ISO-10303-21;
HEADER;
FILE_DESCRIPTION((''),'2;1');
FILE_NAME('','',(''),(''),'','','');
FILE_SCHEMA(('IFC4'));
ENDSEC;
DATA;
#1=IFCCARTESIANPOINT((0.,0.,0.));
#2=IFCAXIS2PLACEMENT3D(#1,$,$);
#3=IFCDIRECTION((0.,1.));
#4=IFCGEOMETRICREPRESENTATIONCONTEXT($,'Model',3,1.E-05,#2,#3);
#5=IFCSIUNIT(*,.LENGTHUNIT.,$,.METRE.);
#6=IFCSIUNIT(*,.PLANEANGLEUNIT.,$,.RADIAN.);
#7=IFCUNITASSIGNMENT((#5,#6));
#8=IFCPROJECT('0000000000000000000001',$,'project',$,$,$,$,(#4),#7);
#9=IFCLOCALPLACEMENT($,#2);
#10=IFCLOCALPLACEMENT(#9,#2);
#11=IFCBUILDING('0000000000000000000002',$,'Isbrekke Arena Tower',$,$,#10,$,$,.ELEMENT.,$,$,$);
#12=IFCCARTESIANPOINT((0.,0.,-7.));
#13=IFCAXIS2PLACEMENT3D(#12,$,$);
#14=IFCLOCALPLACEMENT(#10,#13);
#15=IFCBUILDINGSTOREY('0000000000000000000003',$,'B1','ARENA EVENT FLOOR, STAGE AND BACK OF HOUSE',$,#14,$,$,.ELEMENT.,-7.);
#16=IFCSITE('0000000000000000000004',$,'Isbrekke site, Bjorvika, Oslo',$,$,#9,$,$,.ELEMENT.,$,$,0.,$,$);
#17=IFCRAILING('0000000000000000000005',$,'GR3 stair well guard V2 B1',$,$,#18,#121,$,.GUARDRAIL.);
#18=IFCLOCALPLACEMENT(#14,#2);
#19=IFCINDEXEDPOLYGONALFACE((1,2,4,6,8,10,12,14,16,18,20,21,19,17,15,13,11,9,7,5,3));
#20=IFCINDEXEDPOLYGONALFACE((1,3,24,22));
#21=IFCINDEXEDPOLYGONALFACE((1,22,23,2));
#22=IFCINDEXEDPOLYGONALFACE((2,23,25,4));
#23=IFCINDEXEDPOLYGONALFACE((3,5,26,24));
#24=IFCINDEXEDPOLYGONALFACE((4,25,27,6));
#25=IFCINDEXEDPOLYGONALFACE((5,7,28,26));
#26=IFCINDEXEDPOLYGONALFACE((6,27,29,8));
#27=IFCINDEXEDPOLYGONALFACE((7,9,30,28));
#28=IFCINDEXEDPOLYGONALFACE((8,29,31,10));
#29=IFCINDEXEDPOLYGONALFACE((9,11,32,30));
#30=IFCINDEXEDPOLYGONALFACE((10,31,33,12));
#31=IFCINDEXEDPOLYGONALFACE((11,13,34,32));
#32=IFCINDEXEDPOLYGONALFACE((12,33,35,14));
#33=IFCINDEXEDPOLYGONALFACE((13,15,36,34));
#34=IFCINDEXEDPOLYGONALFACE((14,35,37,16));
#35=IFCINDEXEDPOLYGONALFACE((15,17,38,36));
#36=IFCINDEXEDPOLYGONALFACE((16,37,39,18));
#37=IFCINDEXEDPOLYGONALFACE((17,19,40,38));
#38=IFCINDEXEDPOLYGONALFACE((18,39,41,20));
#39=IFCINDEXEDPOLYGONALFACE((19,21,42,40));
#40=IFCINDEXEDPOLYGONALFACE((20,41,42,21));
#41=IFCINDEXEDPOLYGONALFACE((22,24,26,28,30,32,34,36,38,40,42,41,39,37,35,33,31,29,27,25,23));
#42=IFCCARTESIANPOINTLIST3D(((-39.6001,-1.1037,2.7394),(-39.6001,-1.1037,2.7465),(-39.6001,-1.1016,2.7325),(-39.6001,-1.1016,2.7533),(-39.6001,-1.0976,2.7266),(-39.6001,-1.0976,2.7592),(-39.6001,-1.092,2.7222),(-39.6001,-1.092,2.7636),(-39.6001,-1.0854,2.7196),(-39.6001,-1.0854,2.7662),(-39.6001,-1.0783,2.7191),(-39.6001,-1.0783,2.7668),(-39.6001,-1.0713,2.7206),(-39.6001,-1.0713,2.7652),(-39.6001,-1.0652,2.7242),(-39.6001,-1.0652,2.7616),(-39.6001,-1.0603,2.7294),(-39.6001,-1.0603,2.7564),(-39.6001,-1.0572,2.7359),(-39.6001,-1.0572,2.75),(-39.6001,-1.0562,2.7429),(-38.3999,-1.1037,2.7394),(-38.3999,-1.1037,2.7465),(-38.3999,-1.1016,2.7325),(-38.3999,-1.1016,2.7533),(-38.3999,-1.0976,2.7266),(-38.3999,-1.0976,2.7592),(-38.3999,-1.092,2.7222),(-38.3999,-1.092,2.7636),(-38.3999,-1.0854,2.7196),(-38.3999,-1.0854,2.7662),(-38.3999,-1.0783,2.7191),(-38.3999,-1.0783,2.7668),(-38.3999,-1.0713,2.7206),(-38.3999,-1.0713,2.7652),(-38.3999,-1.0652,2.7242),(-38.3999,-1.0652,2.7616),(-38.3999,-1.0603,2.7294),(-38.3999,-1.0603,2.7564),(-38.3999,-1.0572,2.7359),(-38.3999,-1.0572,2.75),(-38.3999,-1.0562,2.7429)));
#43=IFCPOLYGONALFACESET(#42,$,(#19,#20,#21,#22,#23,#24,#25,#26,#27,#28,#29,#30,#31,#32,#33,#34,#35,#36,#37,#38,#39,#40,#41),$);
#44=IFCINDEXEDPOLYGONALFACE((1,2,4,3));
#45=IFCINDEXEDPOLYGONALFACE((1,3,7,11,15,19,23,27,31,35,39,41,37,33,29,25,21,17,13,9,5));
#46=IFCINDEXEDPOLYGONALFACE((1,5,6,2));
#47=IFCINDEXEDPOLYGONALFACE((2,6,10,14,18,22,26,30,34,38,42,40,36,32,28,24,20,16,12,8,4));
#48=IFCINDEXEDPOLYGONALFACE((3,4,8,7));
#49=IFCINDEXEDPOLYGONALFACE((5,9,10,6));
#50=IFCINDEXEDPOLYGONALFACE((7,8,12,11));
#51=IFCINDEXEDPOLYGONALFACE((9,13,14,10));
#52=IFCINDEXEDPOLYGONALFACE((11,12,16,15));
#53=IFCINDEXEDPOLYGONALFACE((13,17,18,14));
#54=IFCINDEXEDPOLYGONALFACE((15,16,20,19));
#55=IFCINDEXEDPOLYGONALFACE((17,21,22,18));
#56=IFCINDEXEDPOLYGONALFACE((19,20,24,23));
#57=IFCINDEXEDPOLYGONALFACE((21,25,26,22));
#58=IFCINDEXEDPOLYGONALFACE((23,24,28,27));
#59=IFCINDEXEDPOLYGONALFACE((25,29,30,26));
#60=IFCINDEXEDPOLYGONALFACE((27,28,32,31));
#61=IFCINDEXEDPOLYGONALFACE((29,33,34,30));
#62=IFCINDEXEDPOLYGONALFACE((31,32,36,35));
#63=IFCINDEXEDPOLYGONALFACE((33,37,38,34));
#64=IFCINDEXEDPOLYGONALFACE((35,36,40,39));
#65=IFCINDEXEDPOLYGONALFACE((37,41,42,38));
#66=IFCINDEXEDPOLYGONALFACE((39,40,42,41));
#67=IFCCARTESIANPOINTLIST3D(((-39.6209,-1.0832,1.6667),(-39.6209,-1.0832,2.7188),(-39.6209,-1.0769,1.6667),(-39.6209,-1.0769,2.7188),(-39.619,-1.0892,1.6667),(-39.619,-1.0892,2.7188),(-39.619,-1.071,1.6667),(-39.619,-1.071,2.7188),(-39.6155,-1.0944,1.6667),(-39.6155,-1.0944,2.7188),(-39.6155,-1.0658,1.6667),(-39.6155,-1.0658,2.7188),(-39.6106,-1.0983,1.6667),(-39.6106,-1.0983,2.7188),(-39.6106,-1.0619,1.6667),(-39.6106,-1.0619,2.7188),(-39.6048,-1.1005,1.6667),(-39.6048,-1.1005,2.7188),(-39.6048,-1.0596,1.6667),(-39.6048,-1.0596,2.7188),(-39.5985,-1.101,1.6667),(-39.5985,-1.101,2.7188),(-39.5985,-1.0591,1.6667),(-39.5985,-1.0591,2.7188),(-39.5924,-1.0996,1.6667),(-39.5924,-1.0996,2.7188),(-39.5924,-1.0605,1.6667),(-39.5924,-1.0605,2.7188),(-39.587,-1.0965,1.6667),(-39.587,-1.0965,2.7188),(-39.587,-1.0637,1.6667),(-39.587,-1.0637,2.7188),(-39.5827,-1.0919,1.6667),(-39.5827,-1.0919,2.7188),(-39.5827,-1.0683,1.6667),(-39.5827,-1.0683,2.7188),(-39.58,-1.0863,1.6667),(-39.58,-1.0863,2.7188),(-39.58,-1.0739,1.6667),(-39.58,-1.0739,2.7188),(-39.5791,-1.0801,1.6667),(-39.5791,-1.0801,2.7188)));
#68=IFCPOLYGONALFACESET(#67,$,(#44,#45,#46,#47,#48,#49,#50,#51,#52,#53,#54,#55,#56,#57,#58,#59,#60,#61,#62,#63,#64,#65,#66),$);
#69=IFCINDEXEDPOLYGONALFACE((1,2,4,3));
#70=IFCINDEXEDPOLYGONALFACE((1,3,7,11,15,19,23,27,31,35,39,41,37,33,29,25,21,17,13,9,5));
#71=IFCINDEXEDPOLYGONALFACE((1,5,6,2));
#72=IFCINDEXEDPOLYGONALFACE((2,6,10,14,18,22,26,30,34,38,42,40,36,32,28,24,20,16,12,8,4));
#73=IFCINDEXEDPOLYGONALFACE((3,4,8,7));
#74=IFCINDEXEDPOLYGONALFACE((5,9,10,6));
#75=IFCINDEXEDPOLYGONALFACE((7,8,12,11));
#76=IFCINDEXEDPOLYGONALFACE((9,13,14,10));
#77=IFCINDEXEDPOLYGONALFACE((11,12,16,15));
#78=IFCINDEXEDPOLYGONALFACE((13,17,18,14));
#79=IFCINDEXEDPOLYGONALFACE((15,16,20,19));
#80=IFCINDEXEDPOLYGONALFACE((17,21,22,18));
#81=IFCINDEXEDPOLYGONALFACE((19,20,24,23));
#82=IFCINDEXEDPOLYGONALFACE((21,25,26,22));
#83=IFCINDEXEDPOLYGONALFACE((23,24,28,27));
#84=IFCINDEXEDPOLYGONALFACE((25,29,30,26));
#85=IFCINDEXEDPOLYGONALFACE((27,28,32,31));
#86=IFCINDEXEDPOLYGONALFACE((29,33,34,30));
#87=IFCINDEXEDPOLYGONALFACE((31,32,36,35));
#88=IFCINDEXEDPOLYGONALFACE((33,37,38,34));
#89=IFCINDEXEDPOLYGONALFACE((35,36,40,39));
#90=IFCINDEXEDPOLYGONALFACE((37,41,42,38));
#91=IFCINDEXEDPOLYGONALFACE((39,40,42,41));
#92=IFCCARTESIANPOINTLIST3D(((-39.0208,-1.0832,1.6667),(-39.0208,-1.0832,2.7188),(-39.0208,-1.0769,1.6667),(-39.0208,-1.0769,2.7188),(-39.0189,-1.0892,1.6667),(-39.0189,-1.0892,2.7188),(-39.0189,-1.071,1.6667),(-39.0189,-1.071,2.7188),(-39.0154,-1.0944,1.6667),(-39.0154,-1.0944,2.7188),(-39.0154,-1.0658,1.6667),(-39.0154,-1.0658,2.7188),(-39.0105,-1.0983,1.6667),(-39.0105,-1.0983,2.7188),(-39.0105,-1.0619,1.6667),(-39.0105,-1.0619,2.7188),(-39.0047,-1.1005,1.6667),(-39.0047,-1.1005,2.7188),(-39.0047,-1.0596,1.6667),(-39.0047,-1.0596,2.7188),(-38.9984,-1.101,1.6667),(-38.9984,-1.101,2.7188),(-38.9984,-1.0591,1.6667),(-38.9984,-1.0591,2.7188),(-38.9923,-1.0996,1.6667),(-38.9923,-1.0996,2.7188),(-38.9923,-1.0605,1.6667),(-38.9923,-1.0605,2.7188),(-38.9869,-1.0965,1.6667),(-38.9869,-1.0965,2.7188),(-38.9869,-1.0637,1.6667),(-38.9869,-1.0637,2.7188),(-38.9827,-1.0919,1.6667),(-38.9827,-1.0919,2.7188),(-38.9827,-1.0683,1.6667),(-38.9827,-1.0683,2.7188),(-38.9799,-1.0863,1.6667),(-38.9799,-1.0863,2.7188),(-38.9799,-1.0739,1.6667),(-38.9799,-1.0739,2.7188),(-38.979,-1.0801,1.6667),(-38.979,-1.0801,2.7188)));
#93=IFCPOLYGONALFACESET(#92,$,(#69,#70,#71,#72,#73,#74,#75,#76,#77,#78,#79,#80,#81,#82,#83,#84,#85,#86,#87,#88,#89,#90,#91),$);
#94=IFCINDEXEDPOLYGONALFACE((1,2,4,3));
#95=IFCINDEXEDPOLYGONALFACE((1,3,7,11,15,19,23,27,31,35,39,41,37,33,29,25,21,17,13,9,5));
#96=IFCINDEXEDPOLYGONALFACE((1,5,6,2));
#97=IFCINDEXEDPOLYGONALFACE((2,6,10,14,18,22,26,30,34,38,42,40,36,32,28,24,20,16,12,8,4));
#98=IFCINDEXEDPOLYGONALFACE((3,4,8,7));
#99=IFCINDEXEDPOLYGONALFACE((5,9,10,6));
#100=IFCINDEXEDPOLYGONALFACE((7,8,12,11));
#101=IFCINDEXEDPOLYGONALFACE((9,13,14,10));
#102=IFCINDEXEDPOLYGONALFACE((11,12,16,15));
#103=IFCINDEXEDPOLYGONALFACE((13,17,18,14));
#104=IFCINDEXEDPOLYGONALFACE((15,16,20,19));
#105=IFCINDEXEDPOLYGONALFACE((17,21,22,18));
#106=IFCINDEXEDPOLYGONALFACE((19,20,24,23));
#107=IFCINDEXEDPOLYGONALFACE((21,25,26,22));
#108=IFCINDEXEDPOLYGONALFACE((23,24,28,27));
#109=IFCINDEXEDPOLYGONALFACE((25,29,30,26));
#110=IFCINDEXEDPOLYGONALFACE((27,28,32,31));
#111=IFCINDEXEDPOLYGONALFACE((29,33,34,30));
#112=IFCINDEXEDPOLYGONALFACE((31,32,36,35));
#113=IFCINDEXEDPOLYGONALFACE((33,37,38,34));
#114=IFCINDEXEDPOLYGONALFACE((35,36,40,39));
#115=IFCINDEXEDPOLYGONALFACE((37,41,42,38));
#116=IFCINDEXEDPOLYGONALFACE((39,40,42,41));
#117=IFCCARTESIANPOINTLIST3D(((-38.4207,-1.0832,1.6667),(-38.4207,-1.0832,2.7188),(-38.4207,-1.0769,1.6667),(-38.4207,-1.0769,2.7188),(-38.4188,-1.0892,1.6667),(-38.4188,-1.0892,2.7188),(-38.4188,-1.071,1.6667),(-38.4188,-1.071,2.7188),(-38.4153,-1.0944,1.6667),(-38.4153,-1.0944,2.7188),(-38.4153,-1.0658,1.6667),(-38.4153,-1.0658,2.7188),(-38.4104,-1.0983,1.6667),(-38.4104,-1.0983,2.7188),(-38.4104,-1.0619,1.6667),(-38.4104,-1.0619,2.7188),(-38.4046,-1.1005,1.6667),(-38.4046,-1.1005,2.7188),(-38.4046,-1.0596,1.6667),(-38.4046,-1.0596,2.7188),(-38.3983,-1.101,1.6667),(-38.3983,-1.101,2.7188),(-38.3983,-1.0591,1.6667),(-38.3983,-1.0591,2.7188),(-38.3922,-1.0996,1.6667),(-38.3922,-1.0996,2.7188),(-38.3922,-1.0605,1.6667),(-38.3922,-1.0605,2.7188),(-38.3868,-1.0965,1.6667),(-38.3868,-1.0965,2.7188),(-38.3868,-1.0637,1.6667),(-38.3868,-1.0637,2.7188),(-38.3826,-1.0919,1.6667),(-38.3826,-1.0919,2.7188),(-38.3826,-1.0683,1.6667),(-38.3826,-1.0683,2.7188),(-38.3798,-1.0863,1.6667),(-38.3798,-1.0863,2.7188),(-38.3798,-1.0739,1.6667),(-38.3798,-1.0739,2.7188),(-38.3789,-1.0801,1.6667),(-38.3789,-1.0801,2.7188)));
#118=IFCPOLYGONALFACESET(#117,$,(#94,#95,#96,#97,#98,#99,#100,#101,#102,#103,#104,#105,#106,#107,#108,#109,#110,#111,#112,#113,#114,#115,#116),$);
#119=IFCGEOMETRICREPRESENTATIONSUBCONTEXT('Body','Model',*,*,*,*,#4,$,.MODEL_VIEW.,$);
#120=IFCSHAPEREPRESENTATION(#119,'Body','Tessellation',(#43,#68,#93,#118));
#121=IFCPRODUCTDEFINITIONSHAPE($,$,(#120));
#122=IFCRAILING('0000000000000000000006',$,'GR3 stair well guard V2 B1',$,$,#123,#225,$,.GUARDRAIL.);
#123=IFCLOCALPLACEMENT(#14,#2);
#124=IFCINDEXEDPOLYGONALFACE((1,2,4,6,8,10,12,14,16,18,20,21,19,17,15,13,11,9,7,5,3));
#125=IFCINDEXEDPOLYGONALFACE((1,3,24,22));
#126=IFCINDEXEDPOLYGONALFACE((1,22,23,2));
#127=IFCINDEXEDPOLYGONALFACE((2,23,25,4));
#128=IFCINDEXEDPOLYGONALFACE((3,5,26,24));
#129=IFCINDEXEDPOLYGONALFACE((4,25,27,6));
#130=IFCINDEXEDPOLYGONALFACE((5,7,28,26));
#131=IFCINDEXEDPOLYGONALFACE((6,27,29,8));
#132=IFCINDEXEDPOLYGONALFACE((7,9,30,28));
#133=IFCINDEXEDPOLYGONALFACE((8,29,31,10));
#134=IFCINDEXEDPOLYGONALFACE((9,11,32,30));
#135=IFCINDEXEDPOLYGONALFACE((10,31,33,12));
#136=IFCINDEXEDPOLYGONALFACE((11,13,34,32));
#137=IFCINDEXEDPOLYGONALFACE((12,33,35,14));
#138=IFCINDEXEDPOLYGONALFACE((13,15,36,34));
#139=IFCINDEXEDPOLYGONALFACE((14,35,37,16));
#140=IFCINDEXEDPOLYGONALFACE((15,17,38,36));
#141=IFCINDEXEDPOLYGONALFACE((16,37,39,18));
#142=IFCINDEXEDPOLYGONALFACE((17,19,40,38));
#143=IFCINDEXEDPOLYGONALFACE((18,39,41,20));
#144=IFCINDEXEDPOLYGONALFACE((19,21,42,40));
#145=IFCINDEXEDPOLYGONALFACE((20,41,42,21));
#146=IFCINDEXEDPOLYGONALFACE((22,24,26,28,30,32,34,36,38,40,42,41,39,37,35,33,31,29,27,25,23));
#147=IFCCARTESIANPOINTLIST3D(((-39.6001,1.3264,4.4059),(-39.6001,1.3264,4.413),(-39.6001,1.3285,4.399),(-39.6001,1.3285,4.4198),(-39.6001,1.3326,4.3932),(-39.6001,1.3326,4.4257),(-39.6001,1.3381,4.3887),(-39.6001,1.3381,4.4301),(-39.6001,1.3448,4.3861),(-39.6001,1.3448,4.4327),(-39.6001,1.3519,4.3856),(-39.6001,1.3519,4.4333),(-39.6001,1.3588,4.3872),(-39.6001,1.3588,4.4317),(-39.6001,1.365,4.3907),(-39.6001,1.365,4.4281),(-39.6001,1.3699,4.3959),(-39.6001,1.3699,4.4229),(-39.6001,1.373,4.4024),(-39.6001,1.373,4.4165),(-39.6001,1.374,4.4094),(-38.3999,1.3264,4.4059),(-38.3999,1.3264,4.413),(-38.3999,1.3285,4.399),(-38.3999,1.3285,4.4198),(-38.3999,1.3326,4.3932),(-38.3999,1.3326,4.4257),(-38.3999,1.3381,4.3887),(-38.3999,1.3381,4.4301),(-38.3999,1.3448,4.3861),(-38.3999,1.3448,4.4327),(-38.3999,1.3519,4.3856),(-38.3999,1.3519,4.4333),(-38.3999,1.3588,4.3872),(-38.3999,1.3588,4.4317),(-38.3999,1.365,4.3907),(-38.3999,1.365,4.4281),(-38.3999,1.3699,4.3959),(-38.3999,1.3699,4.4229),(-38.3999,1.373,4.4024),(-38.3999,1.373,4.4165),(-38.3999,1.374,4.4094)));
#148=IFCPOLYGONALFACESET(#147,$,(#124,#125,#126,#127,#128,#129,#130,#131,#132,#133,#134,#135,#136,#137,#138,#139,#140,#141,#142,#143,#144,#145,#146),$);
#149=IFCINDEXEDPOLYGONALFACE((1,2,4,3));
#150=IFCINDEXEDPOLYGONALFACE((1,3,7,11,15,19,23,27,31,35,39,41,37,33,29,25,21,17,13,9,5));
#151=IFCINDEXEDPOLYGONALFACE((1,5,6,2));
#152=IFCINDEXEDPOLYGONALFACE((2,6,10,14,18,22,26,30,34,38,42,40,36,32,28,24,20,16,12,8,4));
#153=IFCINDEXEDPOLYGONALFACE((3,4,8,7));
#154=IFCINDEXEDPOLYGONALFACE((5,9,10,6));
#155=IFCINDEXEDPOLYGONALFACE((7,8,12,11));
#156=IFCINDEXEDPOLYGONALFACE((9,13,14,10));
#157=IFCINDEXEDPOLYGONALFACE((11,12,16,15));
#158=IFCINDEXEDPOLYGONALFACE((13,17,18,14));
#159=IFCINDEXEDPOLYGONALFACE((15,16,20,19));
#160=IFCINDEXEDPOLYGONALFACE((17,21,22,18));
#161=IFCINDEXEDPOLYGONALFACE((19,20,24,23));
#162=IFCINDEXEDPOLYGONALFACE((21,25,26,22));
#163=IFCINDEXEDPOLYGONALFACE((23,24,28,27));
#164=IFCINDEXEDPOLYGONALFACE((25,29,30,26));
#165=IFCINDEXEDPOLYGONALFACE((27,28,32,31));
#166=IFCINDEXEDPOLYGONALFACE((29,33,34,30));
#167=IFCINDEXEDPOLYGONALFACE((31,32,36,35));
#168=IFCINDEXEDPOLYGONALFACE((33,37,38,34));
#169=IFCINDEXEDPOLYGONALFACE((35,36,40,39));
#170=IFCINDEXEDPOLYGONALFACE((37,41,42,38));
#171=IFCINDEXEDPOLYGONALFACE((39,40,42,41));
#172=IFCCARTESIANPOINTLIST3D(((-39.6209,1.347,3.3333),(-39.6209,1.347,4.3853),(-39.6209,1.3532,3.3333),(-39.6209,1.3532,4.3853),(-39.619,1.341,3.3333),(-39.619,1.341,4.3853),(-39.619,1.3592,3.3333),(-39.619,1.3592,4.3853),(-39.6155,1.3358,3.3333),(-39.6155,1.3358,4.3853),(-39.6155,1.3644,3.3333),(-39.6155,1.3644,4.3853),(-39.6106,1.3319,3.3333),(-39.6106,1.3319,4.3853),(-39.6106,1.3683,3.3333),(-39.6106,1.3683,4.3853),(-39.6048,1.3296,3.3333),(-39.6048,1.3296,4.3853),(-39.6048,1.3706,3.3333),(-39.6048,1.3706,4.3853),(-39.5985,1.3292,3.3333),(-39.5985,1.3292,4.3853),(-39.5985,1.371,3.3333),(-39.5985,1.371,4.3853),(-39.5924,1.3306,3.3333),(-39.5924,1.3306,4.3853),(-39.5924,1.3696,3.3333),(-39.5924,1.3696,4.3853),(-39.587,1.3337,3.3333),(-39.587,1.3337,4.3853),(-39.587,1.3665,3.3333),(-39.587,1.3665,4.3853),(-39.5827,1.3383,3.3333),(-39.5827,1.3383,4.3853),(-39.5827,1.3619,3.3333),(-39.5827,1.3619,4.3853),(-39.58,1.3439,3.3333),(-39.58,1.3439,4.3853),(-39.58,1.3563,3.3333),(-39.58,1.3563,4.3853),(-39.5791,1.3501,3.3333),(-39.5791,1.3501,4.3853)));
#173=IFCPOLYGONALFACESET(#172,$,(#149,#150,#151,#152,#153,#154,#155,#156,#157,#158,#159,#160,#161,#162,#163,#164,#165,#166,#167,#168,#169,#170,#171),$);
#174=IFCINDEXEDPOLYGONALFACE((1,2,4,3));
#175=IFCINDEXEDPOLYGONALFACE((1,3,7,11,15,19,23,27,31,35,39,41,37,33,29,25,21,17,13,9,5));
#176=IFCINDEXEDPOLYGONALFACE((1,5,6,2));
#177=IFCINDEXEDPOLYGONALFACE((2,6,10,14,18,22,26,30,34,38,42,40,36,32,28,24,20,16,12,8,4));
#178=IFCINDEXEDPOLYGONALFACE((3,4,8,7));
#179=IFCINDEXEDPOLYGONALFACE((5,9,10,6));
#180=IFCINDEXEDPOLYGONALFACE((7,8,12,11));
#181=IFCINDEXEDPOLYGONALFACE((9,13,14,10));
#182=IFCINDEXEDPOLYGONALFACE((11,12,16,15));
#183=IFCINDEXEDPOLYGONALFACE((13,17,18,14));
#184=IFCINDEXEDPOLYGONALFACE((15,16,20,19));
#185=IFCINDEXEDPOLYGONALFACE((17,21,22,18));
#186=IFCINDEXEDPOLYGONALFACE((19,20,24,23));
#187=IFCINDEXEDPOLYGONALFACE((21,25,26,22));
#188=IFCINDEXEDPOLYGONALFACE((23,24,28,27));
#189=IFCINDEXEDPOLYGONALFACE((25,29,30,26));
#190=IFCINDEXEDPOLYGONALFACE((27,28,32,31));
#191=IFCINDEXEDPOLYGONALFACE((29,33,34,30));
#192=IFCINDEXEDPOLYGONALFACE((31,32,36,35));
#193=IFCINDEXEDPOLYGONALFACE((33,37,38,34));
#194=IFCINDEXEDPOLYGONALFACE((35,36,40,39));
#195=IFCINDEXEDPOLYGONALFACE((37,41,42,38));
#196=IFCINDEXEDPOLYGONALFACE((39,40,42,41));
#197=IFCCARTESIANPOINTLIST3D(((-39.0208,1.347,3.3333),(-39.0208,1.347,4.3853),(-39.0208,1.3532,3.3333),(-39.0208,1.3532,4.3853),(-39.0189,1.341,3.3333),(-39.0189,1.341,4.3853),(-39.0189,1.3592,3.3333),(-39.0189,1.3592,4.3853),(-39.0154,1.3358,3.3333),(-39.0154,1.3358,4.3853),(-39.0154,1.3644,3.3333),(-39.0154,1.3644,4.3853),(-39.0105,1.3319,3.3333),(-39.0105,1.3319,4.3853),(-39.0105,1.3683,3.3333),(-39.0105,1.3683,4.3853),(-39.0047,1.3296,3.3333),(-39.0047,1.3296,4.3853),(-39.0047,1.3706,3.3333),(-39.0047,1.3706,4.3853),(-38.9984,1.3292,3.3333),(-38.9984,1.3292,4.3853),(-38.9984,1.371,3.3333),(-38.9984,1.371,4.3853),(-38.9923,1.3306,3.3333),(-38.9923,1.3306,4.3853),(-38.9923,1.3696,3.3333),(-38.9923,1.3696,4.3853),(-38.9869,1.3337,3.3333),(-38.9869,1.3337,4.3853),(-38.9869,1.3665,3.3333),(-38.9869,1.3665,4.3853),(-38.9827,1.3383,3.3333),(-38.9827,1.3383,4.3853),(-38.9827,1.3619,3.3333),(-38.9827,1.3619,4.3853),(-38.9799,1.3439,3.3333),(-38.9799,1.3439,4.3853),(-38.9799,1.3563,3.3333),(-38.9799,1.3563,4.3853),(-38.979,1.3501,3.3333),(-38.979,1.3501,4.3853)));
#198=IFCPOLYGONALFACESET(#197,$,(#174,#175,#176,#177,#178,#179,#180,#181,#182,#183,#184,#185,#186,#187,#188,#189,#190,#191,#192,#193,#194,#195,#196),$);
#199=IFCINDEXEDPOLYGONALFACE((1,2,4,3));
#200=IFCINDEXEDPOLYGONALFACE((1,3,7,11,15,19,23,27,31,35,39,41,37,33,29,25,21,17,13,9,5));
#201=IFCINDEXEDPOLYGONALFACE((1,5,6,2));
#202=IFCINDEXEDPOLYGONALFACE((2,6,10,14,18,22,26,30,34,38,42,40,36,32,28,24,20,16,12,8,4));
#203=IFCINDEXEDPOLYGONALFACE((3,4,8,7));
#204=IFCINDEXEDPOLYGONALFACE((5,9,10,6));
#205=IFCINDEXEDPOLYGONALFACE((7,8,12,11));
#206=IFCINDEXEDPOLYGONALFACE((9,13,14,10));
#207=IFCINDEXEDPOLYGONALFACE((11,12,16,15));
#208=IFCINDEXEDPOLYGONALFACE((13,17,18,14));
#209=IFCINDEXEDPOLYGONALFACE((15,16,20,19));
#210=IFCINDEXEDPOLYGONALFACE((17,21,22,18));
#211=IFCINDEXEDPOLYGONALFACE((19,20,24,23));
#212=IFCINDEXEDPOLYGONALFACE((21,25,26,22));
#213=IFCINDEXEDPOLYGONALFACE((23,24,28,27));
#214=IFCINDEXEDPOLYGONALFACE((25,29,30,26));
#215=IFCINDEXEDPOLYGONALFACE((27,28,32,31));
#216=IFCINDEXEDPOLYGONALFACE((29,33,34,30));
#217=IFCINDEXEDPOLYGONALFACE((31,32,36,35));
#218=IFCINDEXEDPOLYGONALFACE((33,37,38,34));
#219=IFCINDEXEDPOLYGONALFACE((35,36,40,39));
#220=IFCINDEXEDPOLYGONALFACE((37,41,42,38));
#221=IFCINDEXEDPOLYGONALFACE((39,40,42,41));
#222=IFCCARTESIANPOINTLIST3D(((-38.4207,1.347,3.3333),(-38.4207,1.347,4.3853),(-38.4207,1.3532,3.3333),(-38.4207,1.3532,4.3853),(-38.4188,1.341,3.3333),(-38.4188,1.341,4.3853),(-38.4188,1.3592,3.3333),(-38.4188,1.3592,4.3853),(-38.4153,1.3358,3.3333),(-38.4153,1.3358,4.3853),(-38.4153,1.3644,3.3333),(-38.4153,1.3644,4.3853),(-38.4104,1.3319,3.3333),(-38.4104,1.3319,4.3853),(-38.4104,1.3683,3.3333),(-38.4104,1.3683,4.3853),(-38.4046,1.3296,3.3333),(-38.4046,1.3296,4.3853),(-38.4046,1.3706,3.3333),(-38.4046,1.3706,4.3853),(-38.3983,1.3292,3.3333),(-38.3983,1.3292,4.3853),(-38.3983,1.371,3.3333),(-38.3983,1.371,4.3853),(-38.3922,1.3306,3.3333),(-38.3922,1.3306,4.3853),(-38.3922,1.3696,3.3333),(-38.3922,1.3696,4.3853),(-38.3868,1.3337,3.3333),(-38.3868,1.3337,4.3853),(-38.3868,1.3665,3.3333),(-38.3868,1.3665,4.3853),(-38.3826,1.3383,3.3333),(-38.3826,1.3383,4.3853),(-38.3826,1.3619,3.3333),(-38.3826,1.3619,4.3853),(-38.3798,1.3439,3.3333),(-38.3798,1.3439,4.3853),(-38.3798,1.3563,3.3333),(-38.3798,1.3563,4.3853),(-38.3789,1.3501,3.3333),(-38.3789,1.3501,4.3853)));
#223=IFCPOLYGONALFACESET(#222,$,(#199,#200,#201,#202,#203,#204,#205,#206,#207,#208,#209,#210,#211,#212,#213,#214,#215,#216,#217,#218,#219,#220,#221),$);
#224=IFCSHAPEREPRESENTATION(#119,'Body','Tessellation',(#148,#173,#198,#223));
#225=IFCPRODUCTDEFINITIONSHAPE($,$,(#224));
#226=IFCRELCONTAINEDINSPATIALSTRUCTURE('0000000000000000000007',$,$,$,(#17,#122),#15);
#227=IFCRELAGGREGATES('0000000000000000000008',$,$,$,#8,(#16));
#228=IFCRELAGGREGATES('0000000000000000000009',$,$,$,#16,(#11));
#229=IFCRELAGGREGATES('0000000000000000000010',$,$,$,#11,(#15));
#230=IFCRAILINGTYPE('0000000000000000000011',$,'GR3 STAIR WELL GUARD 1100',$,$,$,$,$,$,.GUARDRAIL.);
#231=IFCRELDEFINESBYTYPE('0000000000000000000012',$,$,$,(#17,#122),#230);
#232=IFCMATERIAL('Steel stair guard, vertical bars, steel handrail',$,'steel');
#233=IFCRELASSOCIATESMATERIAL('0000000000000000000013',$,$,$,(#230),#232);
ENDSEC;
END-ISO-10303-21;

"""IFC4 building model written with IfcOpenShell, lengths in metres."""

from ifc_helpers import new_model, si_unit, direction, frame, origin, origin_2d, place, context, subcontext, project, spatial, circle, extrude, material, type_object, element, save


model = new_model("IFC4")

# Units and contexts
model_context = context("Model", 3, precision=1e-05, world=origin(), true_north=direction((0.0, 1.0)))
body_context = subcontext(model_context, "Body", "Model", "MODEL_VIEW")
ifc_project = project(units=[si_unit("LENGTHUNIT", "METRE"), si_unit("PLANEANGLEUNIT", "RADIAN")], contexts=[model_context])

# Site, building, storey
site_placement = place(None, origin())
site = spatial("IfcSite", under=ifc_project, at=site_placement, Name="Isbrekke site, Bjorvika, Oslo", CompositionType="ELEMENT", RefElevation=0.0)
building_placement = place(site_placement, origin())
building = spatial("IfcBuilding", under=site, at=building_placement, Name="Isbrekke Arena Tower", CompositionType="ELEMENT")
storey_placement = place(building_placement, frame((0.0, 0.0, -7.0)))
storey = spatial("IfcBuildingStorey", under=building, at=storey_placement, Name="B1", Description="ARENA EVENT FLOOR, STAGE AND BACK OF HOUSE", CompositionType="ELEMENT", Elevation=-7.0)

# Railings
ifc_material_1 = material(Name="Steel stair guard, vertical bars, steel handrail", Category="steel")
railing_type = type_object("IfcRailingType", Name="GR3 STAIR WELL GUARD 1100", PredefinedType="GUARDRAIL", material=ifc_material_1)
for number, where, name in (
    (1, (-39.6001, -1.0801, 1.6667), "GR3 stair well guard V2 B1"),
    (2, (-39.6001, 1.3501, 3.3333), "GR3 stair well guard V2 B1"),
):
    element("IfcRailing", number, at=place(storey_placement, frame(where)), inside=storey, type_object=railing_type, Name=name, PredefinedType="GUARDRAIL", context=body_context, shape_type="SweptSolid", body=[
        extrude(circle(Radius=0.0239, at=origin_2d()), frame((0.0, 0.0, 1.0762), z_axis=(1.0, 0.0, 0.0), x_axis=(0.0, 1.0, 0.0)), (0.0, 0.0, 1.0), 1.2002),
        extrude(circle(Radius=0.021, at=origin_2d()), origin(), (0.0, 0.0, 1.0), 1.052),
        extrude(circle(Radius=0.021, at=origin_2d()), frame((0.6001, 0.0, 0.0)), (0.0, 0.0, 1.0), 1.052),
        extrude(circle(Radius=0.021, at=origin_2d()), frame((1.2002, 0.0, 0.0)), (0.0, 0.0, 1.0), 1.052),
    ])

save(model, "model.ifc")
